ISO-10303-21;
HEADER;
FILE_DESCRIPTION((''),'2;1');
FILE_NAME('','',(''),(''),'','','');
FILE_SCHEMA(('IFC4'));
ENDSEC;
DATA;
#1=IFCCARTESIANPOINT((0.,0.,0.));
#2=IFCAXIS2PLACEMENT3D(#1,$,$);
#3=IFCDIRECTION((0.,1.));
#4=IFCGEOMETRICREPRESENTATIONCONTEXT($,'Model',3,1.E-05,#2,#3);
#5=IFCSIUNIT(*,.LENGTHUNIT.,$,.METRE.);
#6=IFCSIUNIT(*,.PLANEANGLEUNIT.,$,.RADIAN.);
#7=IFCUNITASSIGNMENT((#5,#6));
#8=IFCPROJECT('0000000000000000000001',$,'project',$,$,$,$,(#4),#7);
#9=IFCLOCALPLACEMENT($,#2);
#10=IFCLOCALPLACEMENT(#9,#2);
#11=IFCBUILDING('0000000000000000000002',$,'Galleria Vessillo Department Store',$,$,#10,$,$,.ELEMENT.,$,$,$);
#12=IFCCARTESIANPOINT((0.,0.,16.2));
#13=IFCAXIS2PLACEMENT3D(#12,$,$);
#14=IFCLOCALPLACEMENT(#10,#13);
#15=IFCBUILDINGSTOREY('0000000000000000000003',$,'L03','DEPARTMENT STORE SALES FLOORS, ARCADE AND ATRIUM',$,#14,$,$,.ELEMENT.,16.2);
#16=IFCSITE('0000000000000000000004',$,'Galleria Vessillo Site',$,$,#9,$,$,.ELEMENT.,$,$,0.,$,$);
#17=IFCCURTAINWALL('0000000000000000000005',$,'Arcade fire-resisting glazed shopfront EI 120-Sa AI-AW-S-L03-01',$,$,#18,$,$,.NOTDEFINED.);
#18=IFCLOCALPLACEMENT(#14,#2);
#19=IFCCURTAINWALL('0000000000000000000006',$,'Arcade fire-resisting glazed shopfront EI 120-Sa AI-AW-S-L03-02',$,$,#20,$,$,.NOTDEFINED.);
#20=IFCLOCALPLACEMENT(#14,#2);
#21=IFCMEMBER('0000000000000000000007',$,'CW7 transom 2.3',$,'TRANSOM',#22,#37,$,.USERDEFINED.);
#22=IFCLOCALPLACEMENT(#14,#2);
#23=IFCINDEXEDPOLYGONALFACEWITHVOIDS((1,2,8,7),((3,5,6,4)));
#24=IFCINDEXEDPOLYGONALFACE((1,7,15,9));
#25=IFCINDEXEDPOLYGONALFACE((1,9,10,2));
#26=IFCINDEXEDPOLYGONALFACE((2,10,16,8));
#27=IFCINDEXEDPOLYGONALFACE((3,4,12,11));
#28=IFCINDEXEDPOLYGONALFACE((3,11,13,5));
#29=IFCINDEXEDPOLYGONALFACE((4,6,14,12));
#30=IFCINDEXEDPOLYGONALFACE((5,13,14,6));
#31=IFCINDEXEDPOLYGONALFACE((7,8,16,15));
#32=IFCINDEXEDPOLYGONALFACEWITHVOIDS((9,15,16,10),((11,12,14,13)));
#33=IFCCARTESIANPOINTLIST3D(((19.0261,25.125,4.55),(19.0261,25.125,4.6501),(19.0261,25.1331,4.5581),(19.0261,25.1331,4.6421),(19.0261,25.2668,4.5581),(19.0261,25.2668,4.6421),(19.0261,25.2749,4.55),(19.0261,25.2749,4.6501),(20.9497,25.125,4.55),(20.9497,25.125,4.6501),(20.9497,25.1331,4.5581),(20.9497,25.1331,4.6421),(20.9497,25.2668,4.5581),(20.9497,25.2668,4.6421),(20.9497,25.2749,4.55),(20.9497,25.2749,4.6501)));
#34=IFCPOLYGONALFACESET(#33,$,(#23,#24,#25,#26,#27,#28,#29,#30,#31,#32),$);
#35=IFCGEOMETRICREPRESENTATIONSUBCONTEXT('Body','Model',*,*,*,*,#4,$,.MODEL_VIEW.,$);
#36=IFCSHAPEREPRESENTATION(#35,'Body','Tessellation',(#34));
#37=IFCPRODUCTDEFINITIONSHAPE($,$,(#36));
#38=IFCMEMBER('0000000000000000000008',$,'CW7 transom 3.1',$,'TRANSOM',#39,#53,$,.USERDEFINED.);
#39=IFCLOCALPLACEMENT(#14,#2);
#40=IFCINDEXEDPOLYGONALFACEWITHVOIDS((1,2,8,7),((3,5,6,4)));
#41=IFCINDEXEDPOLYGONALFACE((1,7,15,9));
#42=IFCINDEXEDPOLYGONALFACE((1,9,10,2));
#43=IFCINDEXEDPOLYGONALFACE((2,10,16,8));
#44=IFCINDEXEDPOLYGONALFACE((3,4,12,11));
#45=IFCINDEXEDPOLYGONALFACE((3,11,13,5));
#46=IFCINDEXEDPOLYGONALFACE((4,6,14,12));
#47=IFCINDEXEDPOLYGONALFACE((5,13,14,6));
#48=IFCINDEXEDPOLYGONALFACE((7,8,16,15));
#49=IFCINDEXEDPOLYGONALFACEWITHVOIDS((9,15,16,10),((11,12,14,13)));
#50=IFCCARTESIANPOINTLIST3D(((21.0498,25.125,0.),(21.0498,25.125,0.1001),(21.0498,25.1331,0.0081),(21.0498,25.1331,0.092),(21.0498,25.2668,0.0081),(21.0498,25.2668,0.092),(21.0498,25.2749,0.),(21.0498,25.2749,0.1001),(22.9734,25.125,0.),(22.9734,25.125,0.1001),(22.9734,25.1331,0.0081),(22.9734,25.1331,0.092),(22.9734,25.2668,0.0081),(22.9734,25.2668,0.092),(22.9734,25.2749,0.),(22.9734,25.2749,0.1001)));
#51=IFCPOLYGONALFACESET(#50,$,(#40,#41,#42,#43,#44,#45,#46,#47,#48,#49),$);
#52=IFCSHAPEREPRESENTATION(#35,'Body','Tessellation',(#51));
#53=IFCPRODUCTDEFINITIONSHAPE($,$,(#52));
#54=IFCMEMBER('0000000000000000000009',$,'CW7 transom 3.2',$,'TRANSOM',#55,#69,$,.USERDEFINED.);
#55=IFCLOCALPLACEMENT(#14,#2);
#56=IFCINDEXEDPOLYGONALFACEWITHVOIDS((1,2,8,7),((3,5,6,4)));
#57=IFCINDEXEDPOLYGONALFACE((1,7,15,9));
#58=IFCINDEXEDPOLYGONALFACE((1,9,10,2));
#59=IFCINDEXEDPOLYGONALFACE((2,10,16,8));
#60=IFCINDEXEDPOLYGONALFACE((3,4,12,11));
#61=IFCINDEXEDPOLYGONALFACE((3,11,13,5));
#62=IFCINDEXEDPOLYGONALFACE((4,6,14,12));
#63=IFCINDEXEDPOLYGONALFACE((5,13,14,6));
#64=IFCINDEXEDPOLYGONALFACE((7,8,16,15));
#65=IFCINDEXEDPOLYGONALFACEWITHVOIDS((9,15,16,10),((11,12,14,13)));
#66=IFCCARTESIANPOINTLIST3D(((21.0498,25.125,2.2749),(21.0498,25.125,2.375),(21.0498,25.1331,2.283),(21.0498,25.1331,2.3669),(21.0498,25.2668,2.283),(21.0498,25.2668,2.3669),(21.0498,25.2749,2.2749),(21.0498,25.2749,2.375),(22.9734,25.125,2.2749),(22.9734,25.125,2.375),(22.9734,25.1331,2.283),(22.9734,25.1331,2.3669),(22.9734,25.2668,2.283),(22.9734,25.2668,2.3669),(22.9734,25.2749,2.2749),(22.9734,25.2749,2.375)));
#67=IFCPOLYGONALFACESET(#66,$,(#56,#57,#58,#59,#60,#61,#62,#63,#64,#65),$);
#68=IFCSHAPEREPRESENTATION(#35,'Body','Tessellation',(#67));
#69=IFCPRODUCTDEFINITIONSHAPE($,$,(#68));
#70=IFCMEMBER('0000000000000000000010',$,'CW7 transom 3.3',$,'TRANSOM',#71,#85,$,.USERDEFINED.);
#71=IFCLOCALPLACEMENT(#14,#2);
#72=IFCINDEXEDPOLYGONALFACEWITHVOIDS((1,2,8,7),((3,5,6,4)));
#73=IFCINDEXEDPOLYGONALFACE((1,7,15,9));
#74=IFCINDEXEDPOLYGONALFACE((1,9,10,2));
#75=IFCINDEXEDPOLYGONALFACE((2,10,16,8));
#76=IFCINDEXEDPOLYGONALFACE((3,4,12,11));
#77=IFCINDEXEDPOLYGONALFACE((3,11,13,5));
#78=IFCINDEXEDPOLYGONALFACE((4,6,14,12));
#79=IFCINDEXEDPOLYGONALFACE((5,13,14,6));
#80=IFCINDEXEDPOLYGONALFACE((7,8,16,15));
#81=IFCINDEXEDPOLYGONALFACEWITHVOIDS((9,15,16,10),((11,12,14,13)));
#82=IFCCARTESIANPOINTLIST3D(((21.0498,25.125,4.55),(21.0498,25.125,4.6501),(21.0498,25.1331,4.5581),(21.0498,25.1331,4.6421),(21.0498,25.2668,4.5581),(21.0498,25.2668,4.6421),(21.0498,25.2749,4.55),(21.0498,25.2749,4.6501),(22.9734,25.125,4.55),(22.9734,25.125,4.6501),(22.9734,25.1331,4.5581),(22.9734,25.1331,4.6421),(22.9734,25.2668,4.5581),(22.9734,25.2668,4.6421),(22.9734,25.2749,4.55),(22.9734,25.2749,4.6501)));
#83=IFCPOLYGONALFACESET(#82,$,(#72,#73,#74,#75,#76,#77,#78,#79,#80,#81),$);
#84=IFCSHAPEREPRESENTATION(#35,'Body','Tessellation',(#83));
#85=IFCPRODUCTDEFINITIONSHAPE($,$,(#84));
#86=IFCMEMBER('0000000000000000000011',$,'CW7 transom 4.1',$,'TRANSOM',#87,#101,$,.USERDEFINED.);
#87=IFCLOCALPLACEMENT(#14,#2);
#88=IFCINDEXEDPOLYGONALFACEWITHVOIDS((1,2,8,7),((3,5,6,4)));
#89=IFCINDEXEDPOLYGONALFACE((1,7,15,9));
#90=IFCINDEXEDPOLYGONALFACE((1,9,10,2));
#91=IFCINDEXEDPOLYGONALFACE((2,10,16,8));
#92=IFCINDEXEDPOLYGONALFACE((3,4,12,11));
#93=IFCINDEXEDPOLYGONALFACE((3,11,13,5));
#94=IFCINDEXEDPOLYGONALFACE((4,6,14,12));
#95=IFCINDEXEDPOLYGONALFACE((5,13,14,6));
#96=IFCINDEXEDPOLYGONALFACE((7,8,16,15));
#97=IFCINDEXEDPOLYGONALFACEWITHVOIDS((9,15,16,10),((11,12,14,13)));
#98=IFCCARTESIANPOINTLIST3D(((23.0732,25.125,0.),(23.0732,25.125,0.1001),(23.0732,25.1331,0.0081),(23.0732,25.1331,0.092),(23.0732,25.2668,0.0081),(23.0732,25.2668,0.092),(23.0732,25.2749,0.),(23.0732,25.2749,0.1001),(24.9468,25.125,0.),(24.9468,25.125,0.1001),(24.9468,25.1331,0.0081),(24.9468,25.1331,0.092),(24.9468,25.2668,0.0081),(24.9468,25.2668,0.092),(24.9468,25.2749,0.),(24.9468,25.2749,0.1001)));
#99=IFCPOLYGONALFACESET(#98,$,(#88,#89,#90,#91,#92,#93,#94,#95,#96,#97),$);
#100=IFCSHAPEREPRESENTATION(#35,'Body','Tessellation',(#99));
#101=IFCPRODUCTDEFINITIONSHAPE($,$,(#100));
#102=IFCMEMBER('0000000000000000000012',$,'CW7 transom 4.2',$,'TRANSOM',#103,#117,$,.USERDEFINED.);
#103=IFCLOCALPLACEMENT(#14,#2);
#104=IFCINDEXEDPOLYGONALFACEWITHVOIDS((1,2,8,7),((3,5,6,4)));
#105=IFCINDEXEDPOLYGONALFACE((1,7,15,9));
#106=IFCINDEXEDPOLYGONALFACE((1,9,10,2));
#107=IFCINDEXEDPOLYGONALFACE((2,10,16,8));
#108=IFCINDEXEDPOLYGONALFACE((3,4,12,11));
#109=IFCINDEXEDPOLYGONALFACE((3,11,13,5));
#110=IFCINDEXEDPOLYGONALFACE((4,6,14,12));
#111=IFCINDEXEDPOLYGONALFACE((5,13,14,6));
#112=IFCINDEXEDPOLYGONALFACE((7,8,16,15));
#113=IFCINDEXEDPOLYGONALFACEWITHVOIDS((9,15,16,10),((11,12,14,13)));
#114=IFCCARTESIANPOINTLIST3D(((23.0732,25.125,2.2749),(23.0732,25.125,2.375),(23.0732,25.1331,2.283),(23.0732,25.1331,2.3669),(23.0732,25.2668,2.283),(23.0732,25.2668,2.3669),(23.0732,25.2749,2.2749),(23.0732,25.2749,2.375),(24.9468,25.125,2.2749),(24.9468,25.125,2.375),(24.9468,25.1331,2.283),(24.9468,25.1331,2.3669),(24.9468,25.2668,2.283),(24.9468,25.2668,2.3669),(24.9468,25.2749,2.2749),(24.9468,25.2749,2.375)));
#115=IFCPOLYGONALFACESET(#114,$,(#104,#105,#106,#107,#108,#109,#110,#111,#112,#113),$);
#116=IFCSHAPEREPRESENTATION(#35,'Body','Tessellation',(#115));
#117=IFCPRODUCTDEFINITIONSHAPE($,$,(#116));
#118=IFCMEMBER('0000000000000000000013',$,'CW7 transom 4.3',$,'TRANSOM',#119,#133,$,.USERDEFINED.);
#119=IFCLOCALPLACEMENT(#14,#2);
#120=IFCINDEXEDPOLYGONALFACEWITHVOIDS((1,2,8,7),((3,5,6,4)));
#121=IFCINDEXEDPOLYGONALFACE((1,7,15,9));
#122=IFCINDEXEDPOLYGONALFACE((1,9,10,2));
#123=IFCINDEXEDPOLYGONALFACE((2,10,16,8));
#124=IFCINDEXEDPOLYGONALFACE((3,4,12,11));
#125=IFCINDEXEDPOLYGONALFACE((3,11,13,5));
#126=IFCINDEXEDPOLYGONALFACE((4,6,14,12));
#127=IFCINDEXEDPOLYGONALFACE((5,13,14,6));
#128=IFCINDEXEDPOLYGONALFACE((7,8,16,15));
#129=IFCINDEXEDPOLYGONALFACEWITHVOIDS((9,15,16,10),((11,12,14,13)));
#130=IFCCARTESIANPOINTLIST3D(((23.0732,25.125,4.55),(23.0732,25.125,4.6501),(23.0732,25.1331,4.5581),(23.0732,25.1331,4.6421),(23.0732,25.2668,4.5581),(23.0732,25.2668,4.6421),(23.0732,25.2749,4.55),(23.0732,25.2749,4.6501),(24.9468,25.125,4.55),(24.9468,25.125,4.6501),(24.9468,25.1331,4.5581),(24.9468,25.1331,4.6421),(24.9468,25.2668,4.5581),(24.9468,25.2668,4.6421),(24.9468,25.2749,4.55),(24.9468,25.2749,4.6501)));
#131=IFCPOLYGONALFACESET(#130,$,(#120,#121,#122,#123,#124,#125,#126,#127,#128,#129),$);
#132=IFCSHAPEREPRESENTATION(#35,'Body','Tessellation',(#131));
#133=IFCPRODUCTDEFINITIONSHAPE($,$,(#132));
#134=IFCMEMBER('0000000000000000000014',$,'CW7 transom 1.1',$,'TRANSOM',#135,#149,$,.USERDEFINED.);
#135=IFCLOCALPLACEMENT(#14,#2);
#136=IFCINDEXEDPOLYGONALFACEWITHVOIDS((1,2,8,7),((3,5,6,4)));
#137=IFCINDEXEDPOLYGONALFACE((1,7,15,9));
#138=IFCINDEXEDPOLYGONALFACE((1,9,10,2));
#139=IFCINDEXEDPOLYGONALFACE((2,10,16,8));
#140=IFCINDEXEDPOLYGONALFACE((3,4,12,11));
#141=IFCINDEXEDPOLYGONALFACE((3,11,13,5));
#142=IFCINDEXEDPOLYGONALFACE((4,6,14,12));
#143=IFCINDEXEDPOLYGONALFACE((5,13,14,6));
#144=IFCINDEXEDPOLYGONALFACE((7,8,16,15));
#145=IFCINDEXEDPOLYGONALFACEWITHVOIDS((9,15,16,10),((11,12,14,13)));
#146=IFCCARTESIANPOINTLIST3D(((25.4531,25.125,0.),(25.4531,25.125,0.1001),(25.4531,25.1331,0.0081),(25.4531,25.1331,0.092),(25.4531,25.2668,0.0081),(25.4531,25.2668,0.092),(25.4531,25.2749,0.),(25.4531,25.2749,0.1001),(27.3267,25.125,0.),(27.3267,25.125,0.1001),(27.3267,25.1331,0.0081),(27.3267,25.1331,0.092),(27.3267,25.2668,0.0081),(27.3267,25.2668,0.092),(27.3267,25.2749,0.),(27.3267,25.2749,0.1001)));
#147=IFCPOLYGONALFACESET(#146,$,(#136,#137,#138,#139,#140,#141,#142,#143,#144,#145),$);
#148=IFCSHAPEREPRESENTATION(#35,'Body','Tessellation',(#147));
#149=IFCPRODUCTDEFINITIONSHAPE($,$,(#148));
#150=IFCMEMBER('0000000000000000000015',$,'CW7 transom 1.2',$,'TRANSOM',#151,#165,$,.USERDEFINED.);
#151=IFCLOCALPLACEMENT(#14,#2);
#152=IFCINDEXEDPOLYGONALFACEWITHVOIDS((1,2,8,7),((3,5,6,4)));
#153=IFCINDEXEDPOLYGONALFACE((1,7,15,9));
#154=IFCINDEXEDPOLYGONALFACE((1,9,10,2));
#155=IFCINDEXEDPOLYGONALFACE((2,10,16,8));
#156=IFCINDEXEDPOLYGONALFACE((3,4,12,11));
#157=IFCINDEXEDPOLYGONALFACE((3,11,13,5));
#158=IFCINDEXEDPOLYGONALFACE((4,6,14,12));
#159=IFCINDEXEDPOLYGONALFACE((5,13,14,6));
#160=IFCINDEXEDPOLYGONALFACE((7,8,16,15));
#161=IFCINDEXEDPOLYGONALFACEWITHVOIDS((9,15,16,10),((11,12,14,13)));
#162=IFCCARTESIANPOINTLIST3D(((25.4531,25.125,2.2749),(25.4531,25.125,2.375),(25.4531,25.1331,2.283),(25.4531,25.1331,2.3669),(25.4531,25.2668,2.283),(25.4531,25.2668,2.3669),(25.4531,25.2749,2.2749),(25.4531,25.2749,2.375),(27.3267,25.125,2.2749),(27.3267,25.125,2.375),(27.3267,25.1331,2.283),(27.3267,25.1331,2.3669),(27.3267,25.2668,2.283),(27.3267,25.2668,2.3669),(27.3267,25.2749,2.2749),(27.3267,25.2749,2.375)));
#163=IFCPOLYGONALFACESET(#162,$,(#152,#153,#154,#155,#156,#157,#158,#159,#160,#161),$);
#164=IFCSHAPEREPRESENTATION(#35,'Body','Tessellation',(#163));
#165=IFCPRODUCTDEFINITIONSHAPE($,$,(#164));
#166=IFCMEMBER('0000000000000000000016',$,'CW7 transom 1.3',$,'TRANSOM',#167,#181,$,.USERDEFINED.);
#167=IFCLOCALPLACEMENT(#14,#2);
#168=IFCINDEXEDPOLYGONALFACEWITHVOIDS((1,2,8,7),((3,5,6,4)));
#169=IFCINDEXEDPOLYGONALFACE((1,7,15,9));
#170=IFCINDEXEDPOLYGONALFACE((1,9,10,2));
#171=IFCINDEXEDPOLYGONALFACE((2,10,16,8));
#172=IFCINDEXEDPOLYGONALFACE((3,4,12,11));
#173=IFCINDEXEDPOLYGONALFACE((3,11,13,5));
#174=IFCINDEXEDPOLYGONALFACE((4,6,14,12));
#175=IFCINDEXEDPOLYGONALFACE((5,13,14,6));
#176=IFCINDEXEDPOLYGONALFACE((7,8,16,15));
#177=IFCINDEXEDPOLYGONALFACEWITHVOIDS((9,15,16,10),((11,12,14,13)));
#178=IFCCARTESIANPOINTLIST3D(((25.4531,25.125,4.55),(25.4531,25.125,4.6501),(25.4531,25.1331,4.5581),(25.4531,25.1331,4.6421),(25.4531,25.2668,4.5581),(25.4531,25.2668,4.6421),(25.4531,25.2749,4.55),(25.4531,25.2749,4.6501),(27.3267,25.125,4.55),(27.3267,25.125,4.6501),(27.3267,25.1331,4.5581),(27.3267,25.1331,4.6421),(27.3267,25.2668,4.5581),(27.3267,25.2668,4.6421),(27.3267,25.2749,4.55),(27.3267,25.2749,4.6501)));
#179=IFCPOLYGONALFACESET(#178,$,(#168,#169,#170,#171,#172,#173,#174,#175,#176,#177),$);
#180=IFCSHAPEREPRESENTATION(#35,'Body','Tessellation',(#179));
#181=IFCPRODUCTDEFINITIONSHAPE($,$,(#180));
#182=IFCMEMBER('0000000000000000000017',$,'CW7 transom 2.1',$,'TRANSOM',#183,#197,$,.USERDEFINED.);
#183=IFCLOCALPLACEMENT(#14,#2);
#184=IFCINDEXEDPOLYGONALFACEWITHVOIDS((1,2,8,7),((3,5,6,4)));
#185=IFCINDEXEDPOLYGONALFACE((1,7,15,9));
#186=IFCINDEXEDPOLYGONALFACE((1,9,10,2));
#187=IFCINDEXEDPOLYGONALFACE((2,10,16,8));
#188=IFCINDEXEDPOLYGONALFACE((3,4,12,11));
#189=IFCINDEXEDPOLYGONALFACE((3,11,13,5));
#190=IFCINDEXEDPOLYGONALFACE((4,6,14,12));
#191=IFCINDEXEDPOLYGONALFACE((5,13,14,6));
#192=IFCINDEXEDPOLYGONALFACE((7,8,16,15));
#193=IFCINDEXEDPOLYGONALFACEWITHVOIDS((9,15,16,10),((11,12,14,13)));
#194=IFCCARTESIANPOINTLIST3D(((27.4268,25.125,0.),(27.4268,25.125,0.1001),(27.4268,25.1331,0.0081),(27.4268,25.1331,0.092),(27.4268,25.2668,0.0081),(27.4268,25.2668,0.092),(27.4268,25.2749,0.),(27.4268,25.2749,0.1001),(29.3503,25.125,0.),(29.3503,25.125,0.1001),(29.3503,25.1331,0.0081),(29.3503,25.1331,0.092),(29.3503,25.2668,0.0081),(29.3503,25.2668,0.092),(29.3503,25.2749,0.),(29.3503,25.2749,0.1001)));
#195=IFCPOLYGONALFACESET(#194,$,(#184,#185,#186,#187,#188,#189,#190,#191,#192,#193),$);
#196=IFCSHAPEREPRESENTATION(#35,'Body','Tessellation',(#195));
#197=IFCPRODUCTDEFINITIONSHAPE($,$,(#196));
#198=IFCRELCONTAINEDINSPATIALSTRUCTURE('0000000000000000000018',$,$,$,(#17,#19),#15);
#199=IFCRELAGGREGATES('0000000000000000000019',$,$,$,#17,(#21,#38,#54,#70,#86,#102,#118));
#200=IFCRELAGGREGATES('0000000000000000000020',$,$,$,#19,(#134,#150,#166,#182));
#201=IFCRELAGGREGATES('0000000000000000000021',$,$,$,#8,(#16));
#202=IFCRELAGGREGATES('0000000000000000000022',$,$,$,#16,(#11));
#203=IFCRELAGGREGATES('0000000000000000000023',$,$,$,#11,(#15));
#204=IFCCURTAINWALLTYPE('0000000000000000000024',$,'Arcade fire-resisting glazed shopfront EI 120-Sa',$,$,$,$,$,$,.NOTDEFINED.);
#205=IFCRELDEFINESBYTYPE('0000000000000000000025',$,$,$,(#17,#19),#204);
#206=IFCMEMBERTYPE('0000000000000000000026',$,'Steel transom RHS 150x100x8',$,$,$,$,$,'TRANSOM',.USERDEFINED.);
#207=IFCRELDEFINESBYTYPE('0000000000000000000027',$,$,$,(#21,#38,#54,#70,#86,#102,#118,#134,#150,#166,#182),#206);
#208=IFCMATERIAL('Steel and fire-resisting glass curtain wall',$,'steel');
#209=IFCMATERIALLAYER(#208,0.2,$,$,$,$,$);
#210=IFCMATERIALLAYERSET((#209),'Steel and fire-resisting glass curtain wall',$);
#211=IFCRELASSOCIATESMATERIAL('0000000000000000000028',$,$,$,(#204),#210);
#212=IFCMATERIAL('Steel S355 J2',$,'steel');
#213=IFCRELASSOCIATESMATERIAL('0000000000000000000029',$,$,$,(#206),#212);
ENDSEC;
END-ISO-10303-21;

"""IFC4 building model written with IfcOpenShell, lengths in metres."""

from ifc_helpers import new_model, si_unit, direction, frame, origin, origin_2d, place, context, subcontext, project, spatial, hollow_rectangle, extrude, material, layer, layer_set, material_profile, profile_set, type_object, element, aggregate, save


model = new_model("IFC4")

# Units and contexts
model_context = context("Model", 3, precision=1e-05, world=origin(), true_north=direction((0.0, 1.0)))
body_context = subcontext(model_context, "Body", "Model", "MODEL_VIEW")
ifc_project = project(units=[si_unit("LENGTHUNIT", "METRE"), si_unit("PLANEANGLEUNIT", "RADIAN")], contexts=[model_context])

# Site, building, storey
site_placement = place(None, origin())
site = spatial("IfcSite", under=ifc_project, at=site_placement, Name="Galleria Vessillo Site", CompositionType="ELEMENT", RefElevation=0.0)
building_placement = place(site_placement, origin())
building = spatial("IfcBuilding", under=site, at=building_placement, Name="Galleria Vessillo Department Store", CompositionType="ELEMENT")
storey_placement = place(building_placement, frame((0.0, 0.0, 16.2)))
storey = spatial("IfcBuildingStorey", under=building, at=storey_placement, Name="L03", Description="DEPARTMENT STORE SALES FLOORS, ARCADE AND ATRIUM", CompositionType="ELEMENT", Elevation=16.2)

# Curtain walls
ifc_material_1 = material(Name="Steel and fire-resisting glass curtain wall", Category="steel")
ifc_layer_1 = layer(ifc_material_1, 0.2)
ifc_layer_set_1 = layer_set([ifc_layer_1], Name="Steel and fire-resisting glass curtain wall")
curtain_wall_type = type_object("IfcCurtainWallType", Name="Arcade fire-resisting glazed shopfront EI 120-Sa", PredefinedType="NOTDEFINED", material=ifc_layer_set_1)
curtain_wall_1_placement = place(storey_placement, origin())
curtain_wall_1 = element("IfcCurtainWall", 1, at=curtain_wall_1_placement, inside=storey, type_object=curtain_wall_type, Name="Arcade fire-resisting glazed shopfront EI 120-Sa AI-AW-S-L03-01", PredefinedType="NOTDEFINED")
curtain_wall_2_placement = place(storey_placement, origin())
curtain_wall_2 = element("IfcCurtainWall", 2, at=curtain_wall_2_placement, inside=storey, type_object=curtain_wall_type, Name="Arcade fire-resisting glazed shopfront EI 120-Sa AI-AW-S-L03-02", PredefinedType="NOTDEFINED")

# Members
ifc_material_2 = material(Name="Steel S355 J2", Category="steel")
ifc_material_profile_1 = material_profile(ifc_material_2, hollow_rectangle(XDim=0.1499, YDim=0.1001, WallThickness=0.0081, at=origin_2d()), Name="RHS 150x100x8")
ifc_profile_set_1 = profile_set([ifc_material_profile_1], Name="Steel S355 J2")
member_type_1 = type_object("IfcMemberType", Name="Steel transom RHS 150x100x8", ElementType="TRANSOM", PredefinedType="USERDEFINED", material=ifc_profile_set_1)
member_1_placement = place(storey_placement, frame((19.0261, 25.2, 4.6001), z_axis=(1.0, 0.0, 0.0), x_axis=(0.0, 1.0, 0.0)))
member_1 = element("IfcMember", 3, at=member_1_placement, type_object=member_type_1, Name="CW7 transom 2.3", ObjectType="TRANSOM", PredefinedType="USERDEFINED", context=body_context, shape_type="SweptSolid", body=[
    extrude(hollow_rectangle(XDim=0.1499, YDim=0.1001, WallThickness=0.0081, at=origin_2d()), origin(), (0.0, 0.0, 1.0), 1.9236),
])
member_2_placement = place(storey_placement, frame((21.0498, 25.2, 0.05), z_axis=(1.0, 0.0, 0.0), x_axis=(0.0, 1.0, 0.0)))
member_2 = element("IfcMember", 4, at=member_2_placement, type_object=member_type_1, Name="CW7 transom 3.1", ObjectType="TRANSOM", PredefinedType="USERDEFINED", context=body_context, shape_type="SweptSolid", body=[
    extrude(hollow_rectangle(XDim=0.1499, YDim=0.1001, WallThickness=0.0081, at=origin_2d()), origin(), (0.0, 0.0, 1.0), 1.9236),
])
member_3_placement = place(storey_placement, frame((21.0498, 25.2, 2.325), z_axis=(1.0, 0.0, 0.0), x_axis=(0.0, 1.0, 0.0)))
member_3 = element("IfcMember", 5, at=member_3_placement, type_object=member_type_1, Name="CW7 transom 3.2", ObjectType="TRANSOM", PredefinedType="USERDEFINED", context=body_context, shape_type="SweptSolid", body=[
    extrude(hollow_rectangle(XDim=0.1499, YDim=0.1001, WallThickness=0.0081, at=origin_2d()), origin(), (0.0, 0.0, 1.0), 1.9236),
])
member_4_placement = place(storey_placement, frame((21.0498, 25.2, 4.6001), z_axis=(1.0, 0.0, 0.0), x_axis=(0.0, 1.0, 0.0)))
member_4 = element("IfcMember", 6, at=member_4_placement, type_object=member_type_1, Name="CW7 transom 3.3", ObjectType="TRANSOM", PredefinedType="USERDEFINED", context=body_context, shape_type="SweptSolid", body=[
    extrude(hollow_rectangle(XDim=0.1499, YDim=0.1001, WallThickness=0.0081, at=origin_2d()), origin(), (0.0, 0.0, 1.0), 1.9236),
])
member_5_placement = place(storey_placement, frame((23.0732, 25.2, 0.05), z_axis=(1.0, 0.0, 0.0), x_axis=(0.0, 1.0, 0.0)))
member_5 = element("IfcMember", 7, at=member_5_placement, type_object=member_type_1, Name="CW7 transom 4.1", ObjectType="TRANSOM", PredefinedType="USERDEFINED", context=body_context, shape_type="SweptSolid", body=[
    extrude(hollow_rectangle(XDim=0.1499, YDim=0.1001, WallThickness=0.0081, at=origin_2d()), origin(), (0.0, 0.0, 1.0), 1.8735),
])
member_6_placement = place(storey_placement, frame((23.0732, 25.2, 2.325), z_axis=(1.0, 0.0, 0.0), x_axis=(0.0, 1.0, 0.0)))
member_6 = element("IfcMember", 8, at=member_6_placement, type_object=member_type_1, Name="CW7 transom 4.2", ObjectType="TRANSOM", PredefinedType="USERDEFINED", context=body_context, shape_type="SweptSolid", body=[
    extrude(hollow_rectangle(XDim=0.1499, YDim=0.1001, WallThickness=0.0081, at=origin_2d()), origin(), (0.0, 0.0, 1.0), 1.8735),
])
member_7_placement = place(storey_placement, frame((23.0732, 25.2, 4.6001), z_axis=(1.0, 0.0, 0.0), x_axis=(0.0, 1.0, 0.0)))
member_7 = element("IfcMember", 9, at=member_7_placement, type_object=member_type_1, Name="CW7 transom 4.3", ObjectType="TRANSOM", PredefinedType="USERDEFINED", context=body_context, shape_type="SweptSolid", body=[
    extrude(hollow_rectangle(XDim=0.1499, YDim=0.1001, WallThickness=0.0081, at=origin_2d()), origin(), (0.0, 0.0, 1.0), 1.8735),
])
member_8_placement = place(storey_placement, frame((25.4531, 25.2, 0.05), z_axis=(1.0, 0.0, 0.0), x_axis=(0.0, 1.0, 0.0)))
member_8 = element("IfcMember", 10, at=member_8_placement, type_object=member_type_1, Name="CW7 transom 1.1", ObjectType="TRANSOM", PredefinedType="USERDEFINED", context=body_context, shape_type="SweptSolid", body=[
    extrude(hollow_rectangle(XDim=0.1499, YDim=0.1001, WallThickness=0.0081, at=origin_2d()), origin(), (0.0, 0.0, 1.0), 1.8735),
])
member_9_placement = place(storey_placement, frame((25.4531, 25.2, 2.325), z_axis=(1.0, 0.0, 0.0), x_axis=(0.0, 1.0, 0.0)))
member_9 = element("IfcMember", 11, at=member_9_placement, type_object=member_type_1, Name="CW7 transom 1.2", ObjectType="TRANSOM", PredefinedType="USERDEFINED", context=body_context, shape_type="SweptSolid", body=[
    extrude(hollow_rectangle(XDim=0.1499, YDim=0.1001, WallThickness=0.0081, at=origin_2d()), origin(), (0.0, 0.0, 1.0), 1.8735),
])
member_10_placement = place(storey_placement, frame((25.4531, 25.2, 4.6001), z_axis=(1.0, 0.0, 0.0), x_axis=(0.0, 1.0, 0.0)))
member_10 = element("IfcMember", 12, at=member_10_placement, type_object=member_type_1, Name="CW7 transom 1.3", ObjectType="TRANSOM", PredefinedType="USERDEFINED", context=body_context, shape_type="SweptSolid", body=[
    extrude(hollow_rectangle(XDim=0.1499, YDim=0.1001, WallThickness=0.0081, at=origin_2d()), origin(), (0.0, 0.0, 1.0), 1.8735),
])
member_11_placement = place(storey_placement, frame((27.4268, 25.2, 0.05), z_axis=(1.0, 0.0, 0.0), x_axis=(0.0, 1.0, 0.0)))
member_11 = element("IfcMember", 13, at=member_11_placement, type_object=member_type_1, Name="CW7 transom 2.1", ObjectType="TRANSOM", PredefinedType="USERDEFINED", context=body_context, shape_type="SweptSolid", body=[
    extrude(hollow_rectangle(XDim=0.1499, YDim=0.1001, WallThickness=0.0081, at=origin_2d()), origin(), (0.0, 0.0, 1.0), 1.9236),
])

aggregate(curtain_wall_1, [member_1, member_2, member_3, member_4, member_5, member_6, member_7])
aggregate(curtain_wall_2, [member_8, member_9, member_10, member_11])

save(model, "model.ifc")
